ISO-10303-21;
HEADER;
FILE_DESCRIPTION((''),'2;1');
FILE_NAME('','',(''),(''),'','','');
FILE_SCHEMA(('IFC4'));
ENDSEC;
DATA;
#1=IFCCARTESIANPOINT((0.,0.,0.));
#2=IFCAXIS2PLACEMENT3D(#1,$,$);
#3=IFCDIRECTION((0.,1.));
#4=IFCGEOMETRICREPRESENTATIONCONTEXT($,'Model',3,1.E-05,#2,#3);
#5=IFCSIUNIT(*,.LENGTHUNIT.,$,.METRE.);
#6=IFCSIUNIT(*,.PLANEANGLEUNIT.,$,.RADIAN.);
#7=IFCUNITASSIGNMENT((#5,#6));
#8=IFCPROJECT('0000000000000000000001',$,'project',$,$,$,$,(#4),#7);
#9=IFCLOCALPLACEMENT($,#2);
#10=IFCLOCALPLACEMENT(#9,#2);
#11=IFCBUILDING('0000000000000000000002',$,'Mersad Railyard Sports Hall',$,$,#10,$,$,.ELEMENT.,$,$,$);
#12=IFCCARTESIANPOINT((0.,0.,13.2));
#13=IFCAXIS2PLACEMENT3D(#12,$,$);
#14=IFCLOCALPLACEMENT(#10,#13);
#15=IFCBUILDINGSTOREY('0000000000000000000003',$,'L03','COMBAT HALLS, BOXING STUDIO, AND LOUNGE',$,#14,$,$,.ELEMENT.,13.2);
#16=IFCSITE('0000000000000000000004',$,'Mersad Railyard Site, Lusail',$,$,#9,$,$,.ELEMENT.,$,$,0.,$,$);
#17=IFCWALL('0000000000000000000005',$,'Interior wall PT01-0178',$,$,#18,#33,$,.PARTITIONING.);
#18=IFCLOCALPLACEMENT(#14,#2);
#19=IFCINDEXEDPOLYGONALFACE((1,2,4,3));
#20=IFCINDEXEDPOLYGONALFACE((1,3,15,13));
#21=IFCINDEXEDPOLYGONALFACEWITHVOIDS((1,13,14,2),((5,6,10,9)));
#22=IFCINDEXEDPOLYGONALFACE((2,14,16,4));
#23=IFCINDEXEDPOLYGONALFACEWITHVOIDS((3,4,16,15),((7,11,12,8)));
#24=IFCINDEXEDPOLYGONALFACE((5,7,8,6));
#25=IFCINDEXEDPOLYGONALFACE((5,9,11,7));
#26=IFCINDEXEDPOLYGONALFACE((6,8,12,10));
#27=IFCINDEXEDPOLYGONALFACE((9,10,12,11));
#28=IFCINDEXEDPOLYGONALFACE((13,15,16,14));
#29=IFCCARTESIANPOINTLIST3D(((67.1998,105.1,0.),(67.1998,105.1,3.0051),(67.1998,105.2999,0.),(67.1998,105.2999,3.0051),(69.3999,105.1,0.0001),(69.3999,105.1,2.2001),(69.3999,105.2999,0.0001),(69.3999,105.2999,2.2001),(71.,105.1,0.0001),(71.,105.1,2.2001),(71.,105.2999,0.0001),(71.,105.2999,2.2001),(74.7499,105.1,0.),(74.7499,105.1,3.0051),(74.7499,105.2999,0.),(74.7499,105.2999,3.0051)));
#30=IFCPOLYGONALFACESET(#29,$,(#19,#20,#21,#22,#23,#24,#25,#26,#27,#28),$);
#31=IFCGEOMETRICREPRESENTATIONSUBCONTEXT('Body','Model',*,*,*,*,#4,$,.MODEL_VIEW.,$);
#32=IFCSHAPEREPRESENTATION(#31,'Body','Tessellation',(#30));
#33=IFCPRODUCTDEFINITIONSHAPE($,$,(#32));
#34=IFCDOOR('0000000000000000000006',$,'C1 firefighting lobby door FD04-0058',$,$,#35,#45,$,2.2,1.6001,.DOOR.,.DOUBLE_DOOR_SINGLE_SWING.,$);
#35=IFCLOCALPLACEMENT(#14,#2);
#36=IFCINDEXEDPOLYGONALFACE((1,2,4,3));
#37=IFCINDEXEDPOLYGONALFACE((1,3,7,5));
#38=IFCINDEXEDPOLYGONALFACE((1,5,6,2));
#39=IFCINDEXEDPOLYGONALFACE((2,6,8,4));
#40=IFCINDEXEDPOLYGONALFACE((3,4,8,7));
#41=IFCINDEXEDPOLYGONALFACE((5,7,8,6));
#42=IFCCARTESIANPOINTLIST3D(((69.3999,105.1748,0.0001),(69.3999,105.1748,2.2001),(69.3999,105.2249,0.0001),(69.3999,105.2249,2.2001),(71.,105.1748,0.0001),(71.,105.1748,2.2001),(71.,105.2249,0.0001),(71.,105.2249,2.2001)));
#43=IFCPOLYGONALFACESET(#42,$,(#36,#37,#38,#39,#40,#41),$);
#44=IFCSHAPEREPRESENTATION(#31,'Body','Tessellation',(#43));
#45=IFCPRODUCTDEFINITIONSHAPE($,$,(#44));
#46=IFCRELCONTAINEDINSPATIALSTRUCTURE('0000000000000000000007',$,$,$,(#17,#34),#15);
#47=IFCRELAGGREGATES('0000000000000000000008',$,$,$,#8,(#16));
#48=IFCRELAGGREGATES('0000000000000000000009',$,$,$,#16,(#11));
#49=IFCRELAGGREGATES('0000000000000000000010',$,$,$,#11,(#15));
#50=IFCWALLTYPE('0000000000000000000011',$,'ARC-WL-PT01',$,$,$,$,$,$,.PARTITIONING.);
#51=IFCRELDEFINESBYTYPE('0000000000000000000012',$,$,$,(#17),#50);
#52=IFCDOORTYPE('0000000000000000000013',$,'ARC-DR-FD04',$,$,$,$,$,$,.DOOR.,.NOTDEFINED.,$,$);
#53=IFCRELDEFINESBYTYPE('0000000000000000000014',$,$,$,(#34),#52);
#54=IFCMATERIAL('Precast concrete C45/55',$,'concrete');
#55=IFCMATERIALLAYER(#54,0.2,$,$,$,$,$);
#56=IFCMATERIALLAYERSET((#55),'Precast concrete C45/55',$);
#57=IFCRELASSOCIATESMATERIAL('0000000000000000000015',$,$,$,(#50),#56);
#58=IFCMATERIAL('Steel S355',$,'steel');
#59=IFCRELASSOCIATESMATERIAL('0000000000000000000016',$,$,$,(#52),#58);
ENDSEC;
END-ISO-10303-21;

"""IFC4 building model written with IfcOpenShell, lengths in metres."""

from ifc_helpers import new_model, si_unit, direction, frame, frame_2d, origin, place, context, subcontext, project, spatial, rectangle, extrude, material, layer, layer_set, type_object, element, fill, save


model = new_model("IFC4")

# Units and contexts
model_context = context("Model", 3, precision=1e-05, world=origin(), true_north=direction((0.0, 1.0)))
body_context = subcontext(model_context, "Body", "Model", "MODEL_VIEW")
ifc_project = project(units=[si_unit("LENGTHUNIT", "METRE"), si_unit("PLANEANGLEUNIT", "RADIAN")], contexts=[model_context])

# Site, building, storey
site_placement = place(None, origin())
site = spatial("IfcSite", under=ifc_project, at=site_placement, Name="Mersad Railyard Site, Lusail", CompositionType="ELEMENT", RefElevation=0.0)
building_placement = place(site_placement, origin())
building = spatial("IfcBuilding", under=site, at=building_placement, Name="Mersad Railyard Sports Hall", CompositionType="ELEMENT")
storey_placement = place(building_placement, frame((0.0, 0.0, 13.2)))
storey = spatial("IfcBuildingStorey", under=building, at=storey_placement, Name="L03", Description="COMBAT HALLS, BOXING STUDIO, AND LOUNGE", CompositionType="ELEMENT", Elevation=13.2)

# Shared definitions
ifc_material_1 = material(Name="Steel S355", Category="steel")

# Wall, opening, door
ifc_material_2 = material(Name="Precast concrete C45/55", Category="concrete")
ifc_layer_1 = layer(ifc_material_2, 0.2)
ifc_layer_set_1 = layer_set([ifc_layer_1], Name="Precast concrete C45/55")
wall_type_1 = type_object("IfcWallType", Name="ARC-WL-PT01", PredefinedType="PARTITIONING", material=ifc_layer_set_1)
wall_1_placement = place(storey_placement, frame((67.2, 105.2, 0.0), z_axis=(0.0, 0.0, 1.0), x_axis=(1.0, 0.0, 0.0)))
wall_1 = element("IfcWall", 1, at=wall_1_placement, inside=storey, type_object=wall_type_1, Name="Interior wall PT01-0178", PredefinedType="PARTITIONING", context=body_context, shape_type="SweptSolid", body=[
    extrude(rectangle(XDim=7.55, YDim=0.2, at=frame_2d((3.7749, 0.0))), origin(), (0.0, 0.0, 1.0), 3.0051),
])
opening_1_placement = place(wall_1_placement, frame((2.2, 0.0, 0.0)))
opening_1 = element("IfcOpeningElement", 2, at=opening_1_placement, cuts=wall_1, PredefinedType="OPENING", context=body_context, shape_type="SweptSolid", body=[
    extrude(rectangle(XDim=1.6001, YDim=2.2, at=frame_2d((0.8, 1.1001))), frame((0.0, 0.1099, 0.0), z_axis=(0.0, -1.0, 0.0), x_axis=(1.0, 0.0, 0.0)), (0.0, 0.0, 1.0), 0.22),
])
door_type_1 = type_object("IfcDoorType", Name="ARC-DR-FD04", OperationType="NOTDEFINED", PredefinedType="DOOR", material=ifc_material_1)
door_1_placement = place(opening_1_placement, origin())
door_1 = element("IfcDoor", 3, at=door_1_placement, inside=storey, type_object=door_type_1, Name="C1 firefighting lobby door FD04-0058", OperationType="DOUBLE_DOOR_SINGLE_SWING", OverallHeight=2.2, OverallWidth=1.6001, PredefinedType="DOOR", context=body_context, shape_type="SweptSolid", body=[
    extrude(rectangle(XDim=1.6001, YDim=2.2, at=frame_2d((0.8, 1.1001))), frame((0.0, 0.0249, 0.0), z_axis=(0.0, -1.0, 0.0), x_axis=(1.0, 0.0, 0.0)), (0.0, 0.0, 1.0), 0.05),
])
fill(opening_1, door_1)

save(model, "model.ifc")
